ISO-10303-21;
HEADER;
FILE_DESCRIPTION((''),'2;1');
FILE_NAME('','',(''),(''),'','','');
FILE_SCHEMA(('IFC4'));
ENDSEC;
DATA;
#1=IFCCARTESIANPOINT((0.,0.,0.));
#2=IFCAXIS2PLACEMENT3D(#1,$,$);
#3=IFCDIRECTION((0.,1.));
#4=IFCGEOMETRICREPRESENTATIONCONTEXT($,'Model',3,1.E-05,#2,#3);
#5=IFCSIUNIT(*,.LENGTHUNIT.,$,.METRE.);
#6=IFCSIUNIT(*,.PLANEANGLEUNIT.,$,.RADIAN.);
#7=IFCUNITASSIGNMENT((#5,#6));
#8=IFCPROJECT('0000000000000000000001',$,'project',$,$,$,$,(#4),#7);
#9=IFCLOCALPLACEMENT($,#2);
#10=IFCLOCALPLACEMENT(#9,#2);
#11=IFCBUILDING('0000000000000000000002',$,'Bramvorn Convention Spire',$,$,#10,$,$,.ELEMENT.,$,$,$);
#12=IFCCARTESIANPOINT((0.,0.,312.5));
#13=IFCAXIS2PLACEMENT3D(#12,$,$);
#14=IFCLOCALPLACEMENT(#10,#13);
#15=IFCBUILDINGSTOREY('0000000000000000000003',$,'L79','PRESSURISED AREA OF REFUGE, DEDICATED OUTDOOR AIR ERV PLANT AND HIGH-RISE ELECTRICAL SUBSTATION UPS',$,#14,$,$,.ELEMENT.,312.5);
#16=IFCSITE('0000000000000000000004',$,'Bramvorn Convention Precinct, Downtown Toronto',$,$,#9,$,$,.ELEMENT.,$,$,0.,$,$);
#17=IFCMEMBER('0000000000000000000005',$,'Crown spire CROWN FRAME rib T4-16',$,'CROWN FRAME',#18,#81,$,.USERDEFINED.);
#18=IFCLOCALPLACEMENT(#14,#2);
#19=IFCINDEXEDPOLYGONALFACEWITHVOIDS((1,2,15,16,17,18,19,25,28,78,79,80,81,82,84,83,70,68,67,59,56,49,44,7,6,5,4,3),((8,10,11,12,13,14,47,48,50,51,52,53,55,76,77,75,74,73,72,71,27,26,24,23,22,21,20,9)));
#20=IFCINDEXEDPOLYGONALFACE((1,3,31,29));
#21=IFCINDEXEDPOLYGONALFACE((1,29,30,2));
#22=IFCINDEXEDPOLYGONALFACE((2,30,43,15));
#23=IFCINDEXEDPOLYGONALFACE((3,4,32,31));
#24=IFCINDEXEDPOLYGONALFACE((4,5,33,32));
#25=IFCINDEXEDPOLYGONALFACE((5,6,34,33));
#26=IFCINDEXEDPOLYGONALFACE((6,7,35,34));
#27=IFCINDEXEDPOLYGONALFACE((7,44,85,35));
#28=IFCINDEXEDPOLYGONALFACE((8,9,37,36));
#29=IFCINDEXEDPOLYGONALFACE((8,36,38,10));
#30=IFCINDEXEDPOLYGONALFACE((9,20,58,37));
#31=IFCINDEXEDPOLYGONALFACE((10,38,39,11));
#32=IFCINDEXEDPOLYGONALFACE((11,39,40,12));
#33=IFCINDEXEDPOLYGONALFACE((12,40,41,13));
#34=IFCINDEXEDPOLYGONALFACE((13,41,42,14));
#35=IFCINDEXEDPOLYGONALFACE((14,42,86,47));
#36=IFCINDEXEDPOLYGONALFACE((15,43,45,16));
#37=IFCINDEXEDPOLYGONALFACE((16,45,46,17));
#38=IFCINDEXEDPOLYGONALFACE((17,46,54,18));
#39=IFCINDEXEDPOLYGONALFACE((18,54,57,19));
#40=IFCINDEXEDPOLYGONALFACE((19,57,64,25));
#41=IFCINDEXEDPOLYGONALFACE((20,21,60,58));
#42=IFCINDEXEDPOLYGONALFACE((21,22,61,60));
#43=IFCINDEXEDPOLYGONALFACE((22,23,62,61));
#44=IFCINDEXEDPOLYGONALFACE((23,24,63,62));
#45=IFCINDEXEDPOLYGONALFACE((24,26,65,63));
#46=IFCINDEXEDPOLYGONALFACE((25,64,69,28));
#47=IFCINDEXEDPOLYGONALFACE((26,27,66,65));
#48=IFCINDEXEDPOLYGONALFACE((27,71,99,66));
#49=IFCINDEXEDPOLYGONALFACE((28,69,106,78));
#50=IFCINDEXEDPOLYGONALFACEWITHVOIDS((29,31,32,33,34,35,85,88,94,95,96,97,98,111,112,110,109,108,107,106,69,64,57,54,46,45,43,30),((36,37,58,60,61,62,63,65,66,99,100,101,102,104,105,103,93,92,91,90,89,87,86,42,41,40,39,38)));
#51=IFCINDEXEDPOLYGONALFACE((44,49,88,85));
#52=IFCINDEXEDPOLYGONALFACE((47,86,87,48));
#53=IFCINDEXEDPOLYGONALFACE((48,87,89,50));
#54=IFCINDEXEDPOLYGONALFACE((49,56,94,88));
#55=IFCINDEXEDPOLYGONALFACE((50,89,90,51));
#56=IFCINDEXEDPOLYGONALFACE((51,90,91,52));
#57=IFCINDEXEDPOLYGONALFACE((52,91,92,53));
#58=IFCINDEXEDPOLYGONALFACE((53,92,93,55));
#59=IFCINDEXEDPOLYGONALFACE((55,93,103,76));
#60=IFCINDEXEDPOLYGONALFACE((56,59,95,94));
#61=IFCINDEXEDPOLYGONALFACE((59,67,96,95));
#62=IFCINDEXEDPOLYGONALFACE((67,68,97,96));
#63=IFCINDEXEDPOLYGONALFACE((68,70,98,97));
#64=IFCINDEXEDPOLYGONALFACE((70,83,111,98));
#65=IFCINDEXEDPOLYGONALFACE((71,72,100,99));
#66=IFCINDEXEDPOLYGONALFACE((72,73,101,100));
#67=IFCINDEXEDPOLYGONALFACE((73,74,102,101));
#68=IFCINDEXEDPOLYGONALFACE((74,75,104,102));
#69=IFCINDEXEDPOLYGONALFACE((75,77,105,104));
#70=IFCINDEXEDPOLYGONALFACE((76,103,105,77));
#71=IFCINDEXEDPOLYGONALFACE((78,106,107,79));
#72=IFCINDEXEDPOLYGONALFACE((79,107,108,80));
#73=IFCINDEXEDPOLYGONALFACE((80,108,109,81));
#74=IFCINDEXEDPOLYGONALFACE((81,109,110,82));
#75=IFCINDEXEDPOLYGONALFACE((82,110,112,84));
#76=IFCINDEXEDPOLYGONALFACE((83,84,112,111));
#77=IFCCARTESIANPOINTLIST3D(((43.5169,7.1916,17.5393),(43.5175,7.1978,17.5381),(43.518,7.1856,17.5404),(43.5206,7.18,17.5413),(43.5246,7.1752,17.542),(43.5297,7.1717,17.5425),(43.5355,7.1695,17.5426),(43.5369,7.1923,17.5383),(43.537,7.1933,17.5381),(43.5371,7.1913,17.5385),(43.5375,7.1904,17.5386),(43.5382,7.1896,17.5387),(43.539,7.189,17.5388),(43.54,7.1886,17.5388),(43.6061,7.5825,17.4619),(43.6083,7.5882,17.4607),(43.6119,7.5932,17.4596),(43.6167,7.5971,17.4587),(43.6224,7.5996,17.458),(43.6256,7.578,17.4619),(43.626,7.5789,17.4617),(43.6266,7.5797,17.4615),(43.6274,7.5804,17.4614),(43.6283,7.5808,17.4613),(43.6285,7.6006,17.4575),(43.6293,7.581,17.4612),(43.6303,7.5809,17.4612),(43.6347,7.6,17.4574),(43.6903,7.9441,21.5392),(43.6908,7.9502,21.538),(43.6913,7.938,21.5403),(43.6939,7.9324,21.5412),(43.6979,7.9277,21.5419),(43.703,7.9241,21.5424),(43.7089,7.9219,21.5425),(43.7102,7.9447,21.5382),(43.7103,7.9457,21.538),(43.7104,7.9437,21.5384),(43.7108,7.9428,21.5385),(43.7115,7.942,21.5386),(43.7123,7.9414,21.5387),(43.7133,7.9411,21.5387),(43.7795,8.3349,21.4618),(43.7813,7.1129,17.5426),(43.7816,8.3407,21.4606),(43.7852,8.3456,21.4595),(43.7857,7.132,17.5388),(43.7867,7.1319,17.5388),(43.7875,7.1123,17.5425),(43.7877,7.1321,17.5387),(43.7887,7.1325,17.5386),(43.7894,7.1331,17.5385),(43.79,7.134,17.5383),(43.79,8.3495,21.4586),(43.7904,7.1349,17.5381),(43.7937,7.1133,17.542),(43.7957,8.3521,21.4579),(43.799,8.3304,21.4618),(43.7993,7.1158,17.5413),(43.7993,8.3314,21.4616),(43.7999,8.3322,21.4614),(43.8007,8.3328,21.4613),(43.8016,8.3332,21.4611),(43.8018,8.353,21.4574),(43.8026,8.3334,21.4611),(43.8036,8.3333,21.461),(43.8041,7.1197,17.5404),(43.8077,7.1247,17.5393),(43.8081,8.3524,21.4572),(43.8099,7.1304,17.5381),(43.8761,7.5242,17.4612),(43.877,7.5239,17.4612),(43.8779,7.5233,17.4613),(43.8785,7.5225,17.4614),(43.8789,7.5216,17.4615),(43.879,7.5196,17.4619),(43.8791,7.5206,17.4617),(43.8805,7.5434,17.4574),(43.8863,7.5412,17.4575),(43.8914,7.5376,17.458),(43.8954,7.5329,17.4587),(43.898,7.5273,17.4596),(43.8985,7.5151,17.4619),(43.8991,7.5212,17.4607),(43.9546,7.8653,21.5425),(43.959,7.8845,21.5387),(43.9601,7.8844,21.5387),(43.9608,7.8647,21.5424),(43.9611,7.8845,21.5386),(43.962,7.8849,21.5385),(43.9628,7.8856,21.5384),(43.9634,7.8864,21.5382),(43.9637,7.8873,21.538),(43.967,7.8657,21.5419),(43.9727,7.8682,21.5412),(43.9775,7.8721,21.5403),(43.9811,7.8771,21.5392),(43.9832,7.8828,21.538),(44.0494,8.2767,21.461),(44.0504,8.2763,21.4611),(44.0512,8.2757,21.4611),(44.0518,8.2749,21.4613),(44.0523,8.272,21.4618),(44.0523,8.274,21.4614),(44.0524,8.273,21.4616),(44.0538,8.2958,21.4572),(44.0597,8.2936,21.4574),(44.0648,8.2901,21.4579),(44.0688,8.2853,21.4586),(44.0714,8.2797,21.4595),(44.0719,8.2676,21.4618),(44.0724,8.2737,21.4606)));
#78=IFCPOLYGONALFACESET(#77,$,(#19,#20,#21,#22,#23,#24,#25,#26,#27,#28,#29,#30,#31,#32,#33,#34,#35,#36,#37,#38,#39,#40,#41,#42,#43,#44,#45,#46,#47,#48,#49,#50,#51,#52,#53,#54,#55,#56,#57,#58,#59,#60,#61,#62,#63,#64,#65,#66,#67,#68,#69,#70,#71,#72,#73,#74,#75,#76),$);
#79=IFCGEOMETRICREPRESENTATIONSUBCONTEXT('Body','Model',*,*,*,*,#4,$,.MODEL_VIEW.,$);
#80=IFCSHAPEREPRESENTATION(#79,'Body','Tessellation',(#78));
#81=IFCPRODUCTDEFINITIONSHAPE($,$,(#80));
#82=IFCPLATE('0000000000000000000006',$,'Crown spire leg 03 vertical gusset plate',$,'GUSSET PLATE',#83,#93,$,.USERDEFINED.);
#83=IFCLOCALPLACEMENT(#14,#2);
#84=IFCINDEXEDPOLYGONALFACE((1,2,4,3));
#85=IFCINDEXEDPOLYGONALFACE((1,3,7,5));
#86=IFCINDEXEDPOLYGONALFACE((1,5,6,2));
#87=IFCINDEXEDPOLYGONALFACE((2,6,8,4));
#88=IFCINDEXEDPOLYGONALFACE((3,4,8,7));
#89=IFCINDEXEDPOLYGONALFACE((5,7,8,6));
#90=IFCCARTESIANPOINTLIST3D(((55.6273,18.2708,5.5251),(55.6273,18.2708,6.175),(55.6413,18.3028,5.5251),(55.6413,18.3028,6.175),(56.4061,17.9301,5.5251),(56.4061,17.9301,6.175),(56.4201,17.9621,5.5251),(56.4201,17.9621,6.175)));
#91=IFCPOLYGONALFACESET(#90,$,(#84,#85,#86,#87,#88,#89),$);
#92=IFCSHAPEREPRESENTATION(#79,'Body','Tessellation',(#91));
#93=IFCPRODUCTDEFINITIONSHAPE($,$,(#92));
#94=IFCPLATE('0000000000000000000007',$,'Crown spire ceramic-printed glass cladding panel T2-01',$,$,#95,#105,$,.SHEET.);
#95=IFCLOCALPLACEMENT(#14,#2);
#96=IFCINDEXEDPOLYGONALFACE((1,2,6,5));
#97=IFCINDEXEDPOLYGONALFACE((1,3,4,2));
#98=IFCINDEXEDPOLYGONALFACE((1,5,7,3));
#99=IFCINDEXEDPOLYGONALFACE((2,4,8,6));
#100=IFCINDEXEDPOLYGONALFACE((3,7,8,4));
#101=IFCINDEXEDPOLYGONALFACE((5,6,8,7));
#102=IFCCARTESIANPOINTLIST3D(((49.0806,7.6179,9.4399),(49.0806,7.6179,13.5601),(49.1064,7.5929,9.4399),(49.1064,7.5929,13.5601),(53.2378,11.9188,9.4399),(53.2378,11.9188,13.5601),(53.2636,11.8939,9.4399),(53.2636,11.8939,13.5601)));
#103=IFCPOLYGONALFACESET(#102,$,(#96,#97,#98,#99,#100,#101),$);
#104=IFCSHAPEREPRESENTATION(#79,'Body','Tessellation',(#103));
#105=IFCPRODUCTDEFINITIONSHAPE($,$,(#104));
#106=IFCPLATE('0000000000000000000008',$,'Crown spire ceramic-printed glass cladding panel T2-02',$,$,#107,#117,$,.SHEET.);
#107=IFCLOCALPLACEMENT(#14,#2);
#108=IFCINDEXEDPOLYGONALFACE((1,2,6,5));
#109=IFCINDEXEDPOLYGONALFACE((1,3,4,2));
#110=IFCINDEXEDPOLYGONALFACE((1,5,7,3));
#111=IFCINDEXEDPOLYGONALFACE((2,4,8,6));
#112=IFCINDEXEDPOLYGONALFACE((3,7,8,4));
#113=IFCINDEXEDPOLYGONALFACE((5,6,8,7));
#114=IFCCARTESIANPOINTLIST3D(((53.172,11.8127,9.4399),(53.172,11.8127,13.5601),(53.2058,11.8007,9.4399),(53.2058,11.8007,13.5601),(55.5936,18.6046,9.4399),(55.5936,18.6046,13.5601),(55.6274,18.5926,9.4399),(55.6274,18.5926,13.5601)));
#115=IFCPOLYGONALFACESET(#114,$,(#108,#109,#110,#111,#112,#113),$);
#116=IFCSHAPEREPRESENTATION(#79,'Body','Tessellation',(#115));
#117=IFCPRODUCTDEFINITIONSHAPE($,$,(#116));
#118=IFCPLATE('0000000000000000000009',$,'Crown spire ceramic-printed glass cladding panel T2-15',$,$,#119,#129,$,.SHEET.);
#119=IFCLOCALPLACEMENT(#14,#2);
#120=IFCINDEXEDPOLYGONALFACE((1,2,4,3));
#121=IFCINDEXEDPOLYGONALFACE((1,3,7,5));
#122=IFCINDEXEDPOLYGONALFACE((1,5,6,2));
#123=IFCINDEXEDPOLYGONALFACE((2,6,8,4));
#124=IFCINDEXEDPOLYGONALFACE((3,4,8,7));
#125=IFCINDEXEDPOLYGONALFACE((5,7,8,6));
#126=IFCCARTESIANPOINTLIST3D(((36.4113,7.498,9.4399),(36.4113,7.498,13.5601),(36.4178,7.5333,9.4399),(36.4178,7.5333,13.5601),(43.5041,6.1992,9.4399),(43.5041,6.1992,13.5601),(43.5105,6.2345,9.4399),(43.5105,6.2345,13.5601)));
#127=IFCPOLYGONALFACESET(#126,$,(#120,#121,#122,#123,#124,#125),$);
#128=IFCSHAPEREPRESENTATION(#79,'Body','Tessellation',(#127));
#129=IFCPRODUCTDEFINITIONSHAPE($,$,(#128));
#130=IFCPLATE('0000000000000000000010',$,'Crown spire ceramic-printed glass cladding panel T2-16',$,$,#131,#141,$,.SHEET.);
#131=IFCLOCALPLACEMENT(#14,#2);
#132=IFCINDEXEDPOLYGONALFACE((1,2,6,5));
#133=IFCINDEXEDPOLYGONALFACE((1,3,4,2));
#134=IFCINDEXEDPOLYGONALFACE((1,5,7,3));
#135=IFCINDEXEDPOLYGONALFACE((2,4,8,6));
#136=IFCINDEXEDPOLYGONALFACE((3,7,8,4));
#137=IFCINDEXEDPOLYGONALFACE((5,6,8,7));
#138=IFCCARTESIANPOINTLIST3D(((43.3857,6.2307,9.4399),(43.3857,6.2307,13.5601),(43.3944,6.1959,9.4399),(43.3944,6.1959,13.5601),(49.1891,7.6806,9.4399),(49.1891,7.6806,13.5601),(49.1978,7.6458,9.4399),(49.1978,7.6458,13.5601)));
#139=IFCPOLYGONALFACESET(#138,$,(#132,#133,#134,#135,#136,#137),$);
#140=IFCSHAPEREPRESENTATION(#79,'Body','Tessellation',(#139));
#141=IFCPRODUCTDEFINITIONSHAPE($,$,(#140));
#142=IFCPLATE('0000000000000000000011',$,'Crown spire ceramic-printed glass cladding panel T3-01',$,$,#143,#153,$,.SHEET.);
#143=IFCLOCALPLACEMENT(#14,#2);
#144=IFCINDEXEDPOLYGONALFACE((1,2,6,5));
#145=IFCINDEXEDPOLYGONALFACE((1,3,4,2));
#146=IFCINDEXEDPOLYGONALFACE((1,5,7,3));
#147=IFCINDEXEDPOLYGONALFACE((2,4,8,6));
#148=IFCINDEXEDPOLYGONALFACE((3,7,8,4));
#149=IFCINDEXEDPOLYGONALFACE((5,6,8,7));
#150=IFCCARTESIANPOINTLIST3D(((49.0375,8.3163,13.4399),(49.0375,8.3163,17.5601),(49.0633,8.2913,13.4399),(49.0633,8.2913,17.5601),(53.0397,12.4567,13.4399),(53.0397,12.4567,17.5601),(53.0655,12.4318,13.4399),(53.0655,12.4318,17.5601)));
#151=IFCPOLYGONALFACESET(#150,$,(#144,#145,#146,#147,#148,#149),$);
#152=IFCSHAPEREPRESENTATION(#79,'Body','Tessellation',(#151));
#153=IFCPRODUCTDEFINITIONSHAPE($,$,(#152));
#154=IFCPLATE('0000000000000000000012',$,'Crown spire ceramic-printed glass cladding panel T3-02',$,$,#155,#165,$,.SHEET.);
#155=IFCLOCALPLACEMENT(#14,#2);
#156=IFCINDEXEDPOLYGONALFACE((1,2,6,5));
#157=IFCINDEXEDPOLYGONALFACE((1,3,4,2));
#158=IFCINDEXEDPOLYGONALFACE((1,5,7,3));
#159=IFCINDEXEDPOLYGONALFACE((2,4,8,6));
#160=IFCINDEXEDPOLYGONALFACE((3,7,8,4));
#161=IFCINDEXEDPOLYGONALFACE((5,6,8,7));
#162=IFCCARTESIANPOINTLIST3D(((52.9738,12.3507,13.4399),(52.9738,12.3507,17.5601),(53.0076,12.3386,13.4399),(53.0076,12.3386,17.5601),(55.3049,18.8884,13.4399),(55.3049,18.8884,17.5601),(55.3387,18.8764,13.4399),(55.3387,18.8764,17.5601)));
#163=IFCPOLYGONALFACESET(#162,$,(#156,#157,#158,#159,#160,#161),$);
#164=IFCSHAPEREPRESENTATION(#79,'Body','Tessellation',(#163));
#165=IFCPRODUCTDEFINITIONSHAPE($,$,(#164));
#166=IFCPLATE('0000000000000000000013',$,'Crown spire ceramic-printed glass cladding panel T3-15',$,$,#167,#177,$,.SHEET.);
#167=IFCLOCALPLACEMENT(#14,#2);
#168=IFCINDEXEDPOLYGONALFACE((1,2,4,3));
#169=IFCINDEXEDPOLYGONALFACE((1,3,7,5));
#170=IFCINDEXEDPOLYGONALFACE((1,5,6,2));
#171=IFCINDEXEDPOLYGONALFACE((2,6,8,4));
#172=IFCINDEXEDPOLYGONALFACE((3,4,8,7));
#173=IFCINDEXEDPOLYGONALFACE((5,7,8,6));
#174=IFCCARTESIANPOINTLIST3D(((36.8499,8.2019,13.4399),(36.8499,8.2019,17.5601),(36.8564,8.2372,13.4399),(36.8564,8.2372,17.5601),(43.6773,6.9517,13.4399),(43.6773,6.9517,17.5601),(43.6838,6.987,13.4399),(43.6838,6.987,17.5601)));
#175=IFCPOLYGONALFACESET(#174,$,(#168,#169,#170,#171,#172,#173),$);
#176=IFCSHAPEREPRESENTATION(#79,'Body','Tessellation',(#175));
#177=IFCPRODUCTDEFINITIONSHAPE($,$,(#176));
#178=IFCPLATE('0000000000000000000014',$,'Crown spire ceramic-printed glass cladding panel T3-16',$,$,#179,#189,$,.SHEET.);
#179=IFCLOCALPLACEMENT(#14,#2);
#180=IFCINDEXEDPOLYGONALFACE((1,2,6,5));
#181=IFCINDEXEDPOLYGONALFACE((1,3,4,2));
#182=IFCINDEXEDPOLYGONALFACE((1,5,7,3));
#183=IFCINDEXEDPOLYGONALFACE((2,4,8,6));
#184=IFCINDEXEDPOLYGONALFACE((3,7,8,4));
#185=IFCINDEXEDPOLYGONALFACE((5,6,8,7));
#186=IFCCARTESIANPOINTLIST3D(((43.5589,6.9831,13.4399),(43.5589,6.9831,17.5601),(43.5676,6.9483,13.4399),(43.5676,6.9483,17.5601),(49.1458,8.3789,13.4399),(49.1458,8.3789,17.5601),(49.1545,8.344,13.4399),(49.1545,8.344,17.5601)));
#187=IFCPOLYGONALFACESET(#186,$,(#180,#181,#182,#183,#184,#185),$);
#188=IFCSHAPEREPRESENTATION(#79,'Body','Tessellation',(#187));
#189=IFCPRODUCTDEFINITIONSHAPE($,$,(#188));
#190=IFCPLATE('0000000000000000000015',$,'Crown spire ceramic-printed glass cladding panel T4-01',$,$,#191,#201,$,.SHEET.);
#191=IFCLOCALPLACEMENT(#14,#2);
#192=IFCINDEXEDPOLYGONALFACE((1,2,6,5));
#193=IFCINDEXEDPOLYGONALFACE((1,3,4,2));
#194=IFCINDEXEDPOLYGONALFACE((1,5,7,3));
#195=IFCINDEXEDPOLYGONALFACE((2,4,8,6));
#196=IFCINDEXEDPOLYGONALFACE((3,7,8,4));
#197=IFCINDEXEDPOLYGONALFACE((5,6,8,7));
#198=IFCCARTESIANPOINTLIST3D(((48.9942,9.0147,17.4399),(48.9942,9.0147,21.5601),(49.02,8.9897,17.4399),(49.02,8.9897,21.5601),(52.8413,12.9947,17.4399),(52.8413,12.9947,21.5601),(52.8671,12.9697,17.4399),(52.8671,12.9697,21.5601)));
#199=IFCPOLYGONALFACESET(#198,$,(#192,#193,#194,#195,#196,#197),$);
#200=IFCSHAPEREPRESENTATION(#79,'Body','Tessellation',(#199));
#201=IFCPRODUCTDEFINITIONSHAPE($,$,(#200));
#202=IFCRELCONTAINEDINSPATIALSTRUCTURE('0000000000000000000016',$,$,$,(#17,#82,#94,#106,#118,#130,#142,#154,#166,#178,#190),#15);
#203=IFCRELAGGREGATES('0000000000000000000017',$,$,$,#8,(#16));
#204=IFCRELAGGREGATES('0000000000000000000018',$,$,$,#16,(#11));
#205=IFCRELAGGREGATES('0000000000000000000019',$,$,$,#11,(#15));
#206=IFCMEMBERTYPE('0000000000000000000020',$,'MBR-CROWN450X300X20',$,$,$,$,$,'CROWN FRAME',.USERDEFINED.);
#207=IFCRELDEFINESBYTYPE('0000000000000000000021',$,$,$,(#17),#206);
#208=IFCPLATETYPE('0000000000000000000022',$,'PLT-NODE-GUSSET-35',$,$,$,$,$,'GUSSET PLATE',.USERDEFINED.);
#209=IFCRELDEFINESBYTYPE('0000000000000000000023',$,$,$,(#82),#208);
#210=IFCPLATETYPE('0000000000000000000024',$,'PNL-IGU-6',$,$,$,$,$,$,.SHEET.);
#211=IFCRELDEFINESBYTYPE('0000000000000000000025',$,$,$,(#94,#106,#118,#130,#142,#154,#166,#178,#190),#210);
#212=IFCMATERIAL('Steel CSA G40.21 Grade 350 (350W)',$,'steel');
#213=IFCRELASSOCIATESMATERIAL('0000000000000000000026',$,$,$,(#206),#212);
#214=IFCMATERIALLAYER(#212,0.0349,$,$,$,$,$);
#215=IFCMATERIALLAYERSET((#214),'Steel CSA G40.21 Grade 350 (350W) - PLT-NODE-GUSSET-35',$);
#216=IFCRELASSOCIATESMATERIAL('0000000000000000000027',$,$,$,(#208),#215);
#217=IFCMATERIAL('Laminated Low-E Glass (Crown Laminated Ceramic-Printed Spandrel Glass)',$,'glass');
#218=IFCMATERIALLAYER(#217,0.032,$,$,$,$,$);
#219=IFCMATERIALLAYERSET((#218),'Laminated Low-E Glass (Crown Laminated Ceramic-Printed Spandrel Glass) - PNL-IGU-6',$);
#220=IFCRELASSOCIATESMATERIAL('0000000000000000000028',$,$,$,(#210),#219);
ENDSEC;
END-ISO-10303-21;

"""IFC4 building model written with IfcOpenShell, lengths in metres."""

from ifc_helpers import new_model, si_unit, direction, frame, origin, origin_2d, place, context, subcontext, project, spatial, rectangle, hollow_rectangle, extrude, material, layer, layer_set, material_profile, profile_set, type_object, element, save


model = new_model("IFC4")

# Units and contexts
model_context = context("Model", 3, precision=1e-05, world=origin(), true_north=direction((0.0, 1.0)))
body_context = subcontext(model_context, "Body", "Model", "MODEL_VIEW")
ifc_project = project(units=[si_unit("LENGTHUNIT", "METRE"), si_unit("PLANEANGLEUNIT", "RADIAN")], contexts=[model_context])

# Site, building, storey
site_placement = place(None, origin())
site = spatial("IfcSite", under=ifc_project, at=site_placement, Name="Bramvorn Convention Precinct, Downtown Toronto", CompositionType="ELEMENT", RefElevation=0.0)
building_placement = place(site_placement, origin())
building = spatial("IfcBuilding", under=site, at=building_placement, Name="Bramvorn Convention Spire", CompositionType="ELEMENT")
storey_placement = place(building_placement, frame((0.0, 0.0, 312.5)))
storey = spatial("IfcBuildingStorey", under=building, at=storey_placement, Name="L79", Description="PRESSURISED AREA OF REFUGE, DEDICATED OUTDOOR AIR ERV PLANT AND HIGH-RISE ELECTRICAL SUBSTATION UPS", CompositionType="ELEMENT", Elevation=312.5)

# Shared definitions
ifc_material_1 = material(Name="Steel CSA G40.21 Grade 350 (350W)", Category="steel")

# Member
ifc_material_profile_1 = material_profile(ifc_material_1, hollow_rectangle(XDim=0.3, YDim=0.45, WallThickness=0.02, InnerFilletRadius=0.0039, OuterFilletRadius=0.0239, at=origin_2d()))
ifc_profile_set_1 = profile_set([ifc_material_profile_1], Name="Steel CSA G40.21 Grade 350 (350W) - CROWN450X300X20")
member_type = type_object("IfcMemberType", Name="MBR-CROWN450X300X20", ElementType="CROWN FRAME", PredefinedType="USERDEFINED", material=ifc_profile_set_1)
member_1_placement = place(storey_placement, frame((43.708, 7.3564, 17.5), z_axis=(0.042549, 0.184701, 0.981873), x_axis=(-0.974476, 0.22449, 0.0)))
element("IfcMember", 1, at=member_1_placement, inside=storey, type_object=member_type, Name="Crown spire CROWN FRAME rib T4-16", ObjectType="CROWN FRAME", PredefinedType="USERDEFINED", context=body_context, shape_type="SweptSolid", body=[
    extrude(hollow_rectangle(XDim=0.3, YDim=0.45, WallThickness=0.02, InnerFilletRadius=0.0039, OuterFilletRadius=0.0239, at=origin_2d()), origin(), (0.0, 0.0, 1.0), 4.0737),
])

# Plates
ifc_layer_1 = layer(ifc_material_1, 0.0349)
ifc_layer_set_1 = layer_set([ifc_layer_1], Name="Steel CSA G40.21 Grade 350 (350W) - PLT-NODE-GUSSET-35")
plate_type_1 = type_object("IfcPlateType", Name="PLT-NODE-GUSSET-35", ElementType="GUSSET PLATE", PredefinedType="USERDEFINED", material=ifc_layer_set_1)
plate_1_placement = place(storey_placement, frame((56.0237, 18.1165, 5.5251), z_axis=(0.0, 0.0, 1.0), x_axis=(0.916192, -0.400739, 0.0)))
element("IfcPlate", 2, at=plate_1_placement, inside=storey, type_object=plate_type_1, Name="Crown spire leg 03 vertical gusset plate", ObjectType="GUSSET PLATE", PredefinedType="USERDEFINED", context=body_context, shape_type="SweptSolid", body=[
    extrude(rectangle(XDim=0.8501, YDim=0.0349, at=origin_2d()), origin(), (0.0, 0.0, 1.0), 0.6499),
])
ifc_material_2 = material(Name="Laminated Low-E Glass (Crown Laminated Ceramic-Printed Spandrel Glass)", Category="glass")
ifc_layer_2 = layer(ifc_material_2, 0.032)
ifc_layer_set_2 = layer_set([ifc_layer_2], Name="Laminated Low-E Glass (Crown Laminated Ceramic-Printed Spandrel Glass) - PNL-IGU-6")
plate_type_2 = type_object("IfcPlateType", Name="PNL-IGU-6", PredefinedType="SHEET", material=ifc_layer_set_2)
plate_2_placement = place(storey_placement, frame((51.1721, 9.7559, 9.4399), z_axis=(0.0, 0.0, 1.0), x_axis=(0.694995, 0.719015, 0.0)))
element("IfcPlate", 3, at=plate_2_placement, inside=storey, type_object=plate_type_2, Name="Crown spire ceramic-printed glass cladding panel T2-01", PredefinedType="SHEET", context=body_context, shape_type="SweptSolid", body=[
    extrude(rectangle(XDim=5.9817, YDim=0.0359, at=origin_2d()), origin(), (0.0, 0.0, 1.0), 4.1201),
])
for number, where, z_axis, x_axis, name in (
    (4, (54.3997, 15.2026, 9.4399), (0.0, 0.0, 1.0), (0.335835, 0.941921, 0.0), "Crown spire ceramic-printed glass cladding panel T2-02"),
    (5, (39.9609, 6.8662, 9.4399), (0.0, 0.0, 1.0), (0.983645, -0.18012, 0.0), "Crown spire ceramic-printed glass cladding panel T2-15"),
):
    element("IfcPlate", number, at=place(storey_placement, frame(where, z_axis=z_axis, x_axis=x_axis)), inside=storey, type_object=plate_type_2, Name=name, PredefinedType="SHEET", context=body_context, shape_type="SweptSolid", body=[
        extrude(rectangle(XDim=7.2107, YDim=0.0359, at=origin_2d()), origin(), (0.0, 0.0, 1.0), 4.1201),
    ])
plate_3_placement = place(storey_placement, frame((46.2917, 6.9382, 9.4399), z_axis=(0.0, 0.0, 1.0), x_axis=(0.97018, 0.242387, 0.0)))
element("IfcPlate", 6, at=plate_3_placement, inside=storey, type_object=plate_type_2, Name="Crown spire ceramic-printed glass cladding panel T2-16", PredefinedType="SHEET", context=body_context, shape_type="SweptSolid", body=[
    extrude(rectangle(XDim=5.9817, YDim=0.0359, at=origin_2d()), origin(), (0.0, 0.0, 1.0), 4.1201),
])
plate_4_placement = place(storey_placement, frame((51.0515, 10.374, 13.4399), z_axis=(0.0, 0.0, 1.0), x_axis=(0.694994, 0.719016, 0.0)))
element("IfcPlate", 7, at=plate_4_placement, inside=storey, type_object=plate_type_2, Name="Crown spire ceramic-printed glass cladding panel T3-01", PredefinedType="SHEET", context=body_context, shape_type="SweptSolid", body=[
    extrude(rectangle(XDim=5.7585, YDim=0.0359, at=origin_2d()), origin(), (0.0, 0.0, 1.0), 4.1201),
])
for number, where, z_axis, x_axis, name in (
    (8, (54.1562, 15.6135, 13.4399), (0.0, 0.0, 1.0), (0.335837, 0.94192, 0.0), "Crown spire ceramic-printed glass cladding panel T3-02"),
    (9, (40.2668, 7.5945, 13.4399), (0.0, 0.0, 1.0), (0.983644, -0.180121, 0.0), "Crown spire ceramic-printed glass cladding panel T3-15"),
):
    element("IfcPlate", number, at=place(storey_placement, frame(where, z_axis=z_axis, x_axis=x_axis)), inside=storey, type_object=plate_type_2, Name=name, PredefinedType="SHEET", context=body_context, shape_type="SweptSolid", body=[
        extrude(rectangle(XDim=6.9409, YDim=0.0359, at=origin_2d()), origin(), (0.0, 0.0, 1.0), 4.1201),
    ])
plate_5_placement = place(storey_placement, frame((46.3567, 7.6636, 13.4399), z_axis=(0.0, 0.0, 1.0), x_axis=(0.970181, 0.242381, 0.0)))
element("IfcPlate", 10, at=plate_5_placement, inside=storey, type_object=plate_type_2, Name="Crown spire ceramic-printed glass cladding panel T3-16", PredefinedType="SHEET", context=body_context, shape_type="SweptSolid", body=[
    extrude(rectangle(XDim=5.7585, YDim=0.0359, at=origin_2d()), origin(), (0.0, 0.0, 1.0), 4.1201),
])
plate_6_placement = place(storey_placement, frame((50.9307, 10.9922, 17.4399), z_axis=(0.0, 0.0, 1.0), x_axis=(0.695002, 0.719007, 0.0)))
element("IfcPlate", 11, at=plate_6_placement, inside=storey, type_object=plate_type_2, Name="Crown spire ceramic-printed glass cladding panel T4-01", PredefinedType="SHEET", context=body_context, shape_type="SweptSolid", body=[
    extrude(rectangle(XDim=5.5354, YDim=0.0359, at=origin_2d()), origin(), (0.0, 0.0, 1.0), 4.1201),
])

save(model, "model.ifc")
